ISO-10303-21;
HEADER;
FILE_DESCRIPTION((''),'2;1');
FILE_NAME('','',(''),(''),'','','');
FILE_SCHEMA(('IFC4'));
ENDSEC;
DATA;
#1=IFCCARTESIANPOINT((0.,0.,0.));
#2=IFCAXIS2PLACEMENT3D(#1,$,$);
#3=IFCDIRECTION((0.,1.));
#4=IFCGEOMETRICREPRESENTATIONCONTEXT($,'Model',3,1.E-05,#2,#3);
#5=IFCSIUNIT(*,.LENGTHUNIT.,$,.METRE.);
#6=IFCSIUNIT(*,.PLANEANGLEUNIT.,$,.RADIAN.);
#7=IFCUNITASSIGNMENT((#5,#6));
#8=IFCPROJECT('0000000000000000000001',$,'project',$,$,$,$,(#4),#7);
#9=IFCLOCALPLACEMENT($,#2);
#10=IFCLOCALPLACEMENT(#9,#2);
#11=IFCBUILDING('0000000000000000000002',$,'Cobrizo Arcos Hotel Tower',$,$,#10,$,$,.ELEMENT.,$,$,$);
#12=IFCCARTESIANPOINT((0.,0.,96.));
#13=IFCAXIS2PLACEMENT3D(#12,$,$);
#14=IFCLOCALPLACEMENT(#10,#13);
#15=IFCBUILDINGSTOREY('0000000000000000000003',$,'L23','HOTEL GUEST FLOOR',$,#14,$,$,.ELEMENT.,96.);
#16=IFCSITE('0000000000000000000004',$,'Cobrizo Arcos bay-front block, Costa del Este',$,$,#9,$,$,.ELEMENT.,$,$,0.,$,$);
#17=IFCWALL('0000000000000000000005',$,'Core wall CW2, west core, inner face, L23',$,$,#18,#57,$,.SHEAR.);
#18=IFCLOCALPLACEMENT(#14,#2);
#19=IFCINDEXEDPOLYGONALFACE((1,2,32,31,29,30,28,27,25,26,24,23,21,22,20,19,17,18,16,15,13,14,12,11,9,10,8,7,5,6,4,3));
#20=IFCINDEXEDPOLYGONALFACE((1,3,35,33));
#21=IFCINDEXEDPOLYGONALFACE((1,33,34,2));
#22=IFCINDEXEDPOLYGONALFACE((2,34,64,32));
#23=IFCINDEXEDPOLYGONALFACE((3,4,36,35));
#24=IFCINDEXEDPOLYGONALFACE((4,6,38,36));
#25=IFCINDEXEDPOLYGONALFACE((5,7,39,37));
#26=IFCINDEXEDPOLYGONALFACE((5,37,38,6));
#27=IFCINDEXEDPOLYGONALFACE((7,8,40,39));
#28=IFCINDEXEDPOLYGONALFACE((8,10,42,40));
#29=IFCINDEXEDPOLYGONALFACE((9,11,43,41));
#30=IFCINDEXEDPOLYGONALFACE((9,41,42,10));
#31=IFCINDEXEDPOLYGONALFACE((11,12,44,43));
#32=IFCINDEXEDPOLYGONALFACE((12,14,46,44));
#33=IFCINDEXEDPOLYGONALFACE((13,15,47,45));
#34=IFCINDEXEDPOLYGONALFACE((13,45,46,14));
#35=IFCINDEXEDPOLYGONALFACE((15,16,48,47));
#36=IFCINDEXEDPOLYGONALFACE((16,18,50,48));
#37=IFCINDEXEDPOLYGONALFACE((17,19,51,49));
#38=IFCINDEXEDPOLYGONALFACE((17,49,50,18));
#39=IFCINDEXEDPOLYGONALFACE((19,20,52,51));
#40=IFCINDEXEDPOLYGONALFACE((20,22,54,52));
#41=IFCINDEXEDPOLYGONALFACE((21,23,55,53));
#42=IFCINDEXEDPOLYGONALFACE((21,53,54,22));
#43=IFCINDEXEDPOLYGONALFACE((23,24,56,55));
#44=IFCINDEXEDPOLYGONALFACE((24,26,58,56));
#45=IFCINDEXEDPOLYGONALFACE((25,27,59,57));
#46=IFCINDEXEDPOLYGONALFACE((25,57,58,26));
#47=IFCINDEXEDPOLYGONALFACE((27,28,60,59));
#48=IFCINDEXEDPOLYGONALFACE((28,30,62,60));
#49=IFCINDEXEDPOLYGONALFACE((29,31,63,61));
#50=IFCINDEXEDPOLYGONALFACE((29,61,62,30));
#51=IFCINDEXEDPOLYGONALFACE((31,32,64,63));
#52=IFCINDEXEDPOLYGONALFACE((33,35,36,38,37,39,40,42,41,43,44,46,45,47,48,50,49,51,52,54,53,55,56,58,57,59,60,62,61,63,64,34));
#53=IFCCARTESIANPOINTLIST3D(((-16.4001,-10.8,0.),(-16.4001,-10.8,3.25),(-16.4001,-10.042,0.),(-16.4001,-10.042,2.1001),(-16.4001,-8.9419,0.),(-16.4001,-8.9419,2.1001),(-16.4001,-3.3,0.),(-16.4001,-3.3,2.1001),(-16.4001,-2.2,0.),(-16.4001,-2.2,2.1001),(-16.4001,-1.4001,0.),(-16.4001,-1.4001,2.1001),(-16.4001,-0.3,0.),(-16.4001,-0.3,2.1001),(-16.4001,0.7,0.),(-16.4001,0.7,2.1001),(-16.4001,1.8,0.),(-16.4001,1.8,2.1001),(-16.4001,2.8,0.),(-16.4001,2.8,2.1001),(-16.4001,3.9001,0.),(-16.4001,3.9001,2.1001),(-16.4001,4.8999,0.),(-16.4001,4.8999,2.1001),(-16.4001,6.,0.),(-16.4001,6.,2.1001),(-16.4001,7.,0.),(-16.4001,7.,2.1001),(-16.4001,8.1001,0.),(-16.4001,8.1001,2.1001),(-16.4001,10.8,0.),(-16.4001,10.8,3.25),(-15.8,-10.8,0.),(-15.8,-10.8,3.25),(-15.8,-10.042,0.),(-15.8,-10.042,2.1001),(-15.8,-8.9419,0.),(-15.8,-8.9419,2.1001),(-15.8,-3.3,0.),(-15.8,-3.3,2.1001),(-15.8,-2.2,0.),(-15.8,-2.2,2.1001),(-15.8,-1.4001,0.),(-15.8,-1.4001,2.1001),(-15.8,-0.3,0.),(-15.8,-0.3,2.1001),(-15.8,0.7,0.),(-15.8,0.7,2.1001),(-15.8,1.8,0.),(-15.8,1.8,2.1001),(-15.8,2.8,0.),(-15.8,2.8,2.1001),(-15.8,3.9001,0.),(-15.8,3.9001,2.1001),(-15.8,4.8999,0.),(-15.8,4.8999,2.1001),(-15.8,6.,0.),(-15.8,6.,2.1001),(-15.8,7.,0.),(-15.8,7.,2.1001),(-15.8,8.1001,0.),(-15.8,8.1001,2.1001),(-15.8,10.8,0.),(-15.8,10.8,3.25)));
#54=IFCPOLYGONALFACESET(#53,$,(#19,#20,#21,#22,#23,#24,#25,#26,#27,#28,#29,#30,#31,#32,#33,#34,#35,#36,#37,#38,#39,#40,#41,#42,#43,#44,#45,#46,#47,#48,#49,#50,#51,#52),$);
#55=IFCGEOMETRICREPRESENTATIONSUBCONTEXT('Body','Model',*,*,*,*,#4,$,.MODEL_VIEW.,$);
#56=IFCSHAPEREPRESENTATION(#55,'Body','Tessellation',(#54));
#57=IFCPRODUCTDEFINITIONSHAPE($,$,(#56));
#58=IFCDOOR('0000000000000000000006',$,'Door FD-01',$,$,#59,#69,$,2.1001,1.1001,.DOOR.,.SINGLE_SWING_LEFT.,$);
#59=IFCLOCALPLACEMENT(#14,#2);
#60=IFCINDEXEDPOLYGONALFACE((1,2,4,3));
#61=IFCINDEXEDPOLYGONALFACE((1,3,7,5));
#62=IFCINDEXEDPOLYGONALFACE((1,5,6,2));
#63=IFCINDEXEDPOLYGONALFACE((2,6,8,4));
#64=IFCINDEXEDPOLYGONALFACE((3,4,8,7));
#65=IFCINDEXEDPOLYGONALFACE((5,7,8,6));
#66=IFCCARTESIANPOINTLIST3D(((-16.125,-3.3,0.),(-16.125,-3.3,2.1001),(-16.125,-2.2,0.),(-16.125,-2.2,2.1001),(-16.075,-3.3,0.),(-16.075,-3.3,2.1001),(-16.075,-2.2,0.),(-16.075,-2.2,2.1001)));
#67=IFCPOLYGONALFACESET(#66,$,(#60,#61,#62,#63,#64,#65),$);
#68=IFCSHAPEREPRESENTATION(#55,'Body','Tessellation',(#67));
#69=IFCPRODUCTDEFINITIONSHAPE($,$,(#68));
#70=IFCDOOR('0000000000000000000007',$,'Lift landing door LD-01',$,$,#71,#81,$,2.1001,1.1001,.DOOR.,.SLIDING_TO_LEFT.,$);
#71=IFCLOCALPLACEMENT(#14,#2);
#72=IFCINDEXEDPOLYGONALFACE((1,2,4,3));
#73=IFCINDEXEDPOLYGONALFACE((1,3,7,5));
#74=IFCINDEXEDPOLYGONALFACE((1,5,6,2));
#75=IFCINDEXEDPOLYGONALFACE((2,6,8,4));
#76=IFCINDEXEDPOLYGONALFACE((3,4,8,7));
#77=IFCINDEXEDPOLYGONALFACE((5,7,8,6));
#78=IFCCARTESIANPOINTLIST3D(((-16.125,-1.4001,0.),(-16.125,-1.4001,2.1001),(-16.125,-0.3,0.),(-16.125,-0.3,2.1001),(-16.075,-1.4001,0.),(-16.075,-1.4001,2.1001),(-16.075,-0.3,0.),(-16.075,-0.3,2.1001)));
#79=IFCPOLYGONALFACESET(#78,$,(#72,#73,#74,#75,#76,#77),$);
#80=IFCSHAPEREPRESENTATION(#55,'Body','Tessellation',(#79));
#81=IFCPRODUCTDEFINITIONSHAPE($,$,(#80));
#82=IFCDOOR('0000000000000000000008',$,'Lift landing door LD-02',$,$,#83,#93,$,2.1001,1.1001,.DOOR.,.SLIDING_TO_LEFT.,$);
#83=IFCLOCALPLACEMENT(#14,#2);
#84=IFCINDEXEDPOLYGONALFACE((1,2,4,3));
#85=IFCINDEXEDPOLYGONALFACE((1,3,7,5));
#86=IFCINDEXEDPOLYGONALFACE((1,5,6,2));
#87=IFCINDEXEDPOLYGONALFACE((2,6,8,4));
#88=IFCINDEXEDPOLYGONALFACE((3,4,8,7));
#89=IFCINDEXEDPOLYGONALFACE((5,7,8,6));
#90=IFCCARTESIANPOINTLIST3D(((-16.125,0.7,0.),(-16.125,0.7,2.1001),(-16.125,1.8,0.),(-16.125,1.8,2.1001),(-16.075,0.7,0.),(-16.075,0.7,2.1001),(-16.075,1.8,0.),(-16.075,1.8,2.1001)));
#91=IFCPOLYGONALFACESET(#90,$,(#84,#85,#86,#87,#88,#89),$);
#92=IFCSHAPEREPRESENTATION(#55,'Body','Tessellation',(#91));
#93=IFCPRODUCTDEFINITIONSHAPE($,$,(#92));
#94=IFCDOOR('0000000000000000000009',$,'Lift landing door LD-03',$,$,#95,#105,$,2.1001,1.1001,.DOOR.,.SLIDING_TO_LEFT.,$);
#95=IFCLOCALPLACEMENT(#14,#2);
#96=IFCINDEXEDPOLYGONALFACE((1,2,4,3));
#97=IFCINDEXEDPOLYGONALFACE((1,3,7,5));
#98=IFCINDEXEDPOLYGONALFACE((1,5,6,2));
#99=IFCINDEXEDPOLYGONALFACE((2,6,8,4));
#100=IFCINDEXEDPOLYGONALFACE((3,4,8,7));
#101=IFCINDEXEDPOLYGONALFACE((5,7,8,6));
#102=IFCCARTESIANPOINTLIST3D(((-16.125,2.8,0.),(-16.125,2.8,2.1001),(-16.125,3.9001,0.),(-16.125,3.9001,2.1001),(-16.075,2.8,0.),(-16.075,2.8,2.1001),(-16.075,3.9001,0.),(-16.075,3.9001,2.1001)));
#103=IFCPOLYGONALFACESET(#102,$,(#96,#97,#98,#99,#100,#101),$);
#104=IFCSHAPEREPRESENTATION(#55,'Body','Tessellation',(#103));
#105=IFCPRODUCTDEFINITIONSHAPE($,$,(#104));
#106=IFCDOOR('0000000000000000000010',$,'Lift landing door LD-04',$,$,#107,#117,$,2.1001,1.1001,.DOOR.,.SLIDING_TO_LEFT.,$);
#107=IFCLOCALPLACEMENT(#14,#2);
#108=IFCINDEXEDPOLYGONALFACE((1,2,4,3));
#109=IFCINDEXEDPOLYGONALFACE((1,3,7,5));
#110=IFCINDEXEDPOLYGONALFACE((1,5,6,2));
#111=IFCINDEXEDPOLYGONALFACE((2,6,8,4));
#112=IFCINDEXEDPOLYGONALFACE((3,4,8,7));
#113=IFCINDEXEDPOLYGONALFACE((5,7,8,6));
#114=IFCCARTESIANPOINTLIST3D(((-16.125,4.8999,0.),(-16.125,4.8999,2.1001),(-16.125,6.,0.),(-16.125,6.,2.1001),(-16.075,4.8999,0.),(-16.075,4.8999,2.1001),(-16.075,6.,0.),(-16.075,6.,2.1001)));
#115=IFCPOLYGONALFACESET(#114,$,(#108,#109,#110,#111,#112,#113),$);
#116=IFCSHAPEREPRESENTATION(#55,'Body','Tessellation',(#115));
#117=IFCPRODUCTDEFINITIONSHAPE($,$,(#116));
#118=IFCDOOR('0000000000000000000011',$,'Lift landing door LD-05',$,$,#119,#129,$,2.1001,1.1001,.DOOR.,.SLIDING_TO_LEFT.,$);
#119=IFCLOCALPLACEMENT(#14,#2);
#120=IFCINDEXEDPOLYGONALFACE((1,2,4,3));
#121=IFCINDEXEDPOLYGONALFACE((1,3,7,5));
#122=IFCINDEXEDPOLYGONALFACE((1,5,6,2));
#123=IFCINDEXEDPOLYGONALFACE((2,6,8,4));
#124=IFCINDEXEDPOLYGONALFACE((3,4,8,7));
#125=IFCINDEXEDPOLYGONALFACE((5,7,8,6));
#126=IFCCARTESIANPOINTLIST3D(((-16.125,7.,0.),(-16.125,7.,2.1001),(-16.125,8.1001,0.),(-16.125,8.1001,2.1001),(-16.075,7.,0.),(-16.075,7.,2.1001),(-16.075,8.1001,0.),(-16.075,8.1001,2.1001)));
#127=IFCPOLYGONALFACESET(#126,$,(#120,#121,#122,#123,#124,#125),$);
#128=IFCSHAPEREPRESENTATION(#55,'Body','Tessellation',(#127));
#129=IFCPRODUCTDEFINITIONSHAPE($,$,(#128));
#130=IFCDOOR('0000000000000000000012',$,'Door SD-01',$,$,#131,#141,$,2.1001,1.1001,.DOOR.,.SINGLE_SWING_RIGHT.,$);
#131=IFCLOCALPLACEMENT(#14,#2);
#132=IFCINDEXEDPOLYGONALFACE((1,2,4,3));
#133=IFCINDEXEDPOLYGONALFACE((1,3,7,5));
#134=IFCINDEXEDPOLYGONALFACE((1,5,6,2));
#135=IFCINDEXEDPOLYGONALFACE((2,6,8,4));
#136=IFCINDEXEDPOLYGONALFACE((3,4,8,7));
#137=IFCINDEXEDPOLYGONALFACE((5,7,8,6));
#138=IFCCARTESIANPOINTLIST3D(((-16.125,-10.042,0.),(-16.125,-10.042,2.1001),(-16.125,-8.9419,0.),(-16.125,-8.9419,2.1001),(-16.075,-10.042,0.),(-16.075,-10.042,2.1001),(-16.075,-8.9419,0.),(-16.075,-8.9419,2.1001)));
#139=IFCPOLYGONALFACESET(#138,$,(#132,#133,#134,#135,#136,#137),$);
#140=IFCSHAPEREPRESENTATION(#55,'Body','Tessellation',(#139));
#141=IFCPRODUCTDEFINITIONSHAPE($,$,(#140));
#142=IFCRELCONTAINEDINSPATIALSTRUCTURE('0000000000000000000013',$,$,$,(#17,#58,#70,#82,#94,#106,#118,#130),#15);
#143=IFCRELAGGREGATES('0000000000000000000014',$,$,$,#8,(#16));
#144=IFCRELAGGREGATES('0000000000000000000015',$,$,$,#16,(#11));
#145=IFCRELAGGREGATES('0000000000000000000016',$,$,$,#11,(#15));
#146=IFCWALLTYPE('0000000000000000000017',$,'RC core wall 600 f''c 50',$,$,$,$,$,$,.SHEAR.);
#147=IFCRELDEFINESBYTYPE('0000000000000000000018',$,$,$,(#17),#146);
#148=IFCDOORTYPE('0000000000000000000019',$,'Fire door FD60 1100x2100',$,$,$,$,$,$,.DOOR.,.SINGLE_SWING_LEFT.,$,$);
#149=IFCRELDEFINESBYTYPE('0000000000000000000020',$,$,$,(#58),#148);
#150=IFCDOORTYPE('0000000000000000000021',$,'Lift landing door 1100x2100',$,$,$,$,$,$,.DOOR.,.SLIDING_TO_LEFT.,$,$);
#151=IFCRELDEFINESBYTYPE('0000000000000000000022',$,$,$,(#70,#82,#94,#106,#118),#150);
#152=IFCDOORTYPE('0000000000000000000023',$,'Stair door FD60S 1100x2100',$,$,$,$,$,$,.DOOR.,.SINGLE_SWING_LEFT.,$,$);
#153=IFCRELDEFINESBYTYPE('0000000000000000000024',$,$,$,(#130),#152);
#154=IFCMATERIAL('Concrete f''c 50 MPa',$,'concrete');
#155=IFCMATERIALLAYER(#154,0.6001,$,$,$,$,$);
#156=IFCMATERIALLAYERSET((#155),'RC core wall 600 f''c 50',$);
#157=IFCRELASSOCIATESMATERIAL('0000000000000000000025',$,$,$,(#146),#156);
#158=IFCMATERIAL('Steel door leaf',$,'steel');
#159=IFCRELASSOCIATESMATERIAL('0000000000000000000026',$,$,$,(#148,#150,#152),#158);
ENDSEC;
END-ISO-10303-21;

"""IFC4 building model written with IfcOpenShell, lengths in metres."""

from ifc_helpers import new_model, si_unit, direction, frame, frame_2d, origin, place, context, subcontext, project, spatial, rectangle, extrude, material, layer, layer_set, type_object, element, fill, save


model = new_model("IFC4")

# Units and contexts
model_context = context("Model", 3, precision=1e-05, world=origin(), true_north=direction((0.0, 1.0)))
body_context = subcontext(model_context, "Body", "Model", "MODEL_VIEW")
ifc_project = project(units=[si_unit("LENGTHUNIT", "METRE"), si_unit("PLANEANGLEUNIT", "RADIAN")], contexts=[model_context])

# Site, building, storey
site_placement = place(None, origin())
site = spatial("IfcSite", under=ifc_project, at=site_placement, Name="Cobrizo Arcos bay-front block, Costa del Este", CompositionType="ELEMENT", RefElevation=0.0)
building_placement = place(site_placement, origin())
building = spatial("IfcBuilding", under=site, at=building_placement, Name="Cobrizo Arcos Hotel Tower", CompositionType="ELEMENT")
storey_placement = place(building_placement, frame((0.0, 0.0, 96.0)))
storey = spatial("IfcBuildingStorey", under=building, at=storey_placement, Name="L23", Description="HOTEL GUEST FLOOR", CompositionType="ELEMENT", Elevation=96.0)

# Wall, openings, doors
ifc_material_1 = material(Name="Concrete f'c 50 MPa", Category="concrete")
ifc_layer_1 = layer(ifc_material_1, 0.6001)
ifc_layer_set_1 = layer_set([ifc_layer_1], Name="RC core wall 600 f'c 50")
wall_type_1 = type_object("IfcWallType", Name="RC core wall 600 f'c 50", PredefinedType="SHEAR", material=ifc_layer_set_1)
wall_1_placement = place(storey_placement, frame((-16.1001, -10.8, 0.0), z_axis=(0.0, 0.0, 1.0), x_axis=(0.0, 1.0, 0.0)))
wall_1 = element("IfcWall", 1, at=wall_1_placement, inside=storey, type_object=wall_type_1, Name="Core wall CW2, west core, inner face, L23", PredefinedType="SHEAR", context=body_context, shape_type="SweptSolid", body=[
    extrude(rectangle(XDim=21.6001, YDim=0.6001, at=frame_2d((10.8, 0.0))), origin(), (0.0, 0.0, 1.0), 3.25),
])
opening_1_placement = place(wall_1_placement, frame((9.3999, 0.0, 0.0)))
opening_1 = element("IfcOpeningElement", 2, at=opening_1_placement, cuts=wall_1, PredefinedType="OPENING", context=body_context, shape_type="SweptSolid", body=[
    extrude(rectangle(XDim=1.1001, YDim=2.1001, at=frame_2d((0.55, 1.05))), frame((0.0, 0.312, 0.0), z_axis=(0.0, -1.0, 0.0), x_axis=(1.0, 0.0, 0.0)), (0.0, 0.0, 1.0), 0.624),
])
opening_2_placement = place(wall_1_placement, frame((11.5, 0.0, 0.0)))
opening_2 = element("IfcOpeningElement", 3, at=opening_2_placement, cuts=wall_1, PredefinedType="OPENING", context=body_context, shape_type="SweptSolid", body=[
    extrude(rectangle(XDim=1.1001, YDim=2.1001, at=frame_2d((0.55, 1.05))), frame((0.0, 0.312, 0.0), z_axis=(0.0, -1.0, 0.0), x_axis=(1.0, 0.0, 0.0)), (0.0, 0.0, 1.0), 0.624),
])
opening_3_placement = place(wall_1_placement, frame((13.6001, 0.0, 0.0)))
opening_3 = element("IfcOpeningElement", 4, at=opening_3_placement, cuts=wall_1, PredefinedType="OPENING", context=body_context, shape_type="SweptSolid", body=[
    extrude(rectangle(XDim=1.1001, YDim=2.1001, at=frame_2d((0.55, 1.05))), frame((0.0, 0.312, 0.0), z_axis=(0.0, -1.0, 0.0), x_axis=(1.0, 0.0, 0.0)), (0.0, 0.0, 1.0), 0.624),
])
opening_4_placement = place(wall_1_placement, frame((15.7, 0.0, 0.0)))
opening_4 = element("IfcOpeningElement", 5, at=opening_4_placement, cuts=wall_1, PredefinedType="OPENING", context=body_context, shape_type="SweptSolid", body=[
    extrude(rectangle(XDim=1.1001, YDim=2.1001, at=frame_2d((0.55, 1.05))), frame((0.0, 0.312, 0.0), z_axis=(0.0, -1.0, 0.0), x_axis=(1.0, 0.0, 0.0)), (0.0, 0.0, 1.0), 0.624),
])
opening_5_placement = place(wall_1_placement, frame((17.8, 0.0, 0.0)))
opening_5 = element("IfcOpeningElement", 6, at=opening_5_placement, cuts=wall_1, PredefinedType="OPENING", context=body_context, shape_type="SweptSolid", body=[
    extrude(rectangle(XDim=1.1001, YDim=2.1001, at=frame_2d((0.55, 1.05))), frame((0.0, 0.312, 0.0), z_axis=(0.0, -1.0, 0.0), x_axis=(1.0, 0.0, 0.0)), (0.0, 0.0, 1.0), 0.624),
])
opening_6_placement = place(wall_1_placement, frame((0.7581, 0.0, 0.0)))
opening_6 = element("IfcOpeningElement", 7, at=opening_6_placement, cuts=wall_1, PredefinedType="OPENING", context=body_context, shape_type="SweptSolid", body=[
    extrude(rectangle(XDim=1.1001, YDim=2.1001, at=frame_2d((0.55, 1.05))), frame((0.0, 0.312, 0.0), z_axis=(0.0, -1.0, 0.0), x_axis=(1.0, 0.0, 0.0)), (0.0, 0.0, 1.0), 0.624),
])
opening_7_placement = place(wall_1_placement, frame((7.5, 0.0, 0.0)))
opening_7 = element("IfcOpeningElement", 8, at=opening_7_placement, cuts=wall_1, PredefinedType="OPENING", context=body_context, shape_type="SweptSolid", body=[
    extrude(rectangle(XDim=1.1001, YDim=2.1001, at=frame_2d((0.55, 1.05))), frame((0.0, 0.312, 0.0), z_axis=(0.0, -1.0, 0.0), x_axis=(1.0, 0.0, 0.0)), (0.0, 0.0, 1.0), 0.624),
])
ifc_material_2 = material(Name="Steel door leaf", Category="steel")
door_type_1 = type_object("IfcDoorType", Name="Fire door FD60 1100x2100", OperationType="SINGLE_SWING_LEFT", PredefinedType="DOOR", material=ifc_material_2)
door_1_placement = place(opening_7_placement, origin())
door_1 = element("IfcDoor", 9, at=door_1_placement, inside=storey, type_object=door_type_1, Name="Door FD-01", OperationType="SINGLE_SWING_LEFT", OverallHeight=2.1001, OverallWidth=1.1001, PredefinedType="DOOR", context=body_context, shape_type="SweptSolid", body=[
    extrude(rectangle(XDim=1.1001, YDim=2.1001, at=frame_2d((0.55, 1.05))), frame((0.0, 0.0249, 0.0), z_axis=(0.0, -1.0, 0.0), x_axis=(1.0, 0.0, 0.0)), (0.0, 0.0, 1.0), 0.05),
])
fill(opening_7, door_1)
door_type_2 = type_object("IfcDoorType", Name="Lift landing door 1100x2100", OperationType="SLIDING_TO_LEFT", PredefinedType="DOOR", material=ifc_material_2)
door_2_placement = place(opening_1_placement, origin())
door_2 = element("IfcDoor", 10, at=door_2_placement, inside=storey, type_object=door_type_2, Name="Lift landing door LD-01", OperationType="SLIDING_TO_LEFT", OverallHeight=2.1001, OverallWidth=1.1001, PredefinedType="DOOR", context=body_context, shape_type="SweptSolid", body=[
    extrude(rectangle(XDim=1.1001, YDim=2.1001, at=frame_2d((0.55, 1.05))), frame((0.0, 0.0249, 0.0), z_axis=(0.0, -1.0, 0.0), x_axis=(1.0, 0.0, 0.0)), (0.0, 0.0, 1.0), 0.05),
])
fill(opening_1, door_2)
door_3_placement = place(opening_2_placement, origin())
door_3 = element("IfcDoor", 11, at=door_3_placement, inside=storey, type_object=door_type_2, Name="Lift landing door LD-02", OperationType="SLIDING_TO_LEFT", OverallHeight=2.1001, OverallWidth=1.1001, PredefinedType="DOOR", context=body_context, shape_type="SweptSolid", body=[
    extrude(rectangle(XDim=1.1001, YDim=2.1001, at=frame_2d((0.55, 1.05))), frame((0.0, 0.0249, 0.0), z_axis=(0.0, -1.0, 0.0), x_axis=(1.0, 0.0, 0.0)), (0.0, 0.0, 1.0), 0.05),
])
fill(opening_2, door_3)
door_4_placement = place(opening_3_placement, origin())
door_4 = element("IfcDoor", 12, at=door_4_placement, inside=storey, type_object=door_type_2, Name="Lift landing door LD-03", OperationType="SLIDING_TO_LEFT", OverallHeight=2.1001, OverallWidth=1.1001, PredefinedType="DOOR", context=body_context, shape_type="SweptSolid", body=[
    extrude(rectangle(XDim=1.1001, YDim=2.1001, at=frame_2d((0.55, 1.05))), frame((0.0, 0.0249, 0.0), z_axis=(0.0, -1.0, 0.0), x_axis=(1.0, 0.0, 0.0)), (0.0, 0.0, 1.0), 0.05),
])
fill(opening_3, door_4)
door_5_placement = place(opening_4_placement, origin())
door_5 = element("IfcDoor", 13, at=door_5_placement, inside=storey, type_object=door_type_2, Name="Lift landing door LD-04", OperationType="SLIDING_TO_LEFT", OverallHeight=2.1001, OverallWidth=1.1001, PredefinedType="DOOR", context=body_context, shape_type="SweptSolid", body=[
    extrude(rectangle(XDim=1.1001, YDim=2.1001, at=frame_2d((0.55, 1.05))), frame((0.0, 0.0249, 0.0), z_axis=(0.0, -1.0, 0.0), x_axis=(1.0, 0.0, 0.0)), (0.0, 0.0, 1.0), 0.05),
])
fill(opening_4, door_5)
door_6_placement = place(opening_5_placement, origin())
door_6 = element("IfcDoor", 14, at=door_6_placement, inside=storey, type_object=door_type_2, Name="Lift landing door LD-05", OperationType="SLIDING_TO_LEFT", OverallHeight=2.1001, OverallWidth=1.1001, PredefinedType="DOOR", context=body_context, shape_type="SweptSolid", body=[
    extrude(rectangle(XDim=1.1001, YDim=2.1001, at=frame_2d((0.55, 1.05))), frame((0.0, 0.0249, 0.0), z_axis=(0.0, -1.0, 0.0), x_axis=(1.0, 0.0, 0.0)), (0.0, 0.0, 1.0), 0.05),
])
fill(opening_5, door_6)
door_type_3 = type_object("IfcDoorType", Name="Stair door FD60S 1100x2100", OperationType="SINGLE_SWING_LEFT", PredefinedType="DOOR", material=ifc_material_2)
door_7_placement = place(opening_6_placement, origin())
door_7 = element("IfcDoor", 15, at=door_7_placement, inside=storey, type_object=door_type_3, Name="Door SD-01", OperationType="SINGLE_SWING_RIGHT", OverallHeight=2.1001, OverallWidth=1.1001, PredefinedType="DOOR", context=body_context, shape_type="SweptSolid", body=[
    extrude(rectangle(XDim=1.1001, YDim=2.1001, at=frame_2d((0.55, 1.05))), frame((0.0, 0.0249, 0.0), z_axis=(0.0, -1.0, 0.0), x_axis=(1.0, 0.0, 0.0)), (0.0, 0.0, 1.0), 0.05),
])
fill(opening_6, door_7)

save(model, "model.ifc")
